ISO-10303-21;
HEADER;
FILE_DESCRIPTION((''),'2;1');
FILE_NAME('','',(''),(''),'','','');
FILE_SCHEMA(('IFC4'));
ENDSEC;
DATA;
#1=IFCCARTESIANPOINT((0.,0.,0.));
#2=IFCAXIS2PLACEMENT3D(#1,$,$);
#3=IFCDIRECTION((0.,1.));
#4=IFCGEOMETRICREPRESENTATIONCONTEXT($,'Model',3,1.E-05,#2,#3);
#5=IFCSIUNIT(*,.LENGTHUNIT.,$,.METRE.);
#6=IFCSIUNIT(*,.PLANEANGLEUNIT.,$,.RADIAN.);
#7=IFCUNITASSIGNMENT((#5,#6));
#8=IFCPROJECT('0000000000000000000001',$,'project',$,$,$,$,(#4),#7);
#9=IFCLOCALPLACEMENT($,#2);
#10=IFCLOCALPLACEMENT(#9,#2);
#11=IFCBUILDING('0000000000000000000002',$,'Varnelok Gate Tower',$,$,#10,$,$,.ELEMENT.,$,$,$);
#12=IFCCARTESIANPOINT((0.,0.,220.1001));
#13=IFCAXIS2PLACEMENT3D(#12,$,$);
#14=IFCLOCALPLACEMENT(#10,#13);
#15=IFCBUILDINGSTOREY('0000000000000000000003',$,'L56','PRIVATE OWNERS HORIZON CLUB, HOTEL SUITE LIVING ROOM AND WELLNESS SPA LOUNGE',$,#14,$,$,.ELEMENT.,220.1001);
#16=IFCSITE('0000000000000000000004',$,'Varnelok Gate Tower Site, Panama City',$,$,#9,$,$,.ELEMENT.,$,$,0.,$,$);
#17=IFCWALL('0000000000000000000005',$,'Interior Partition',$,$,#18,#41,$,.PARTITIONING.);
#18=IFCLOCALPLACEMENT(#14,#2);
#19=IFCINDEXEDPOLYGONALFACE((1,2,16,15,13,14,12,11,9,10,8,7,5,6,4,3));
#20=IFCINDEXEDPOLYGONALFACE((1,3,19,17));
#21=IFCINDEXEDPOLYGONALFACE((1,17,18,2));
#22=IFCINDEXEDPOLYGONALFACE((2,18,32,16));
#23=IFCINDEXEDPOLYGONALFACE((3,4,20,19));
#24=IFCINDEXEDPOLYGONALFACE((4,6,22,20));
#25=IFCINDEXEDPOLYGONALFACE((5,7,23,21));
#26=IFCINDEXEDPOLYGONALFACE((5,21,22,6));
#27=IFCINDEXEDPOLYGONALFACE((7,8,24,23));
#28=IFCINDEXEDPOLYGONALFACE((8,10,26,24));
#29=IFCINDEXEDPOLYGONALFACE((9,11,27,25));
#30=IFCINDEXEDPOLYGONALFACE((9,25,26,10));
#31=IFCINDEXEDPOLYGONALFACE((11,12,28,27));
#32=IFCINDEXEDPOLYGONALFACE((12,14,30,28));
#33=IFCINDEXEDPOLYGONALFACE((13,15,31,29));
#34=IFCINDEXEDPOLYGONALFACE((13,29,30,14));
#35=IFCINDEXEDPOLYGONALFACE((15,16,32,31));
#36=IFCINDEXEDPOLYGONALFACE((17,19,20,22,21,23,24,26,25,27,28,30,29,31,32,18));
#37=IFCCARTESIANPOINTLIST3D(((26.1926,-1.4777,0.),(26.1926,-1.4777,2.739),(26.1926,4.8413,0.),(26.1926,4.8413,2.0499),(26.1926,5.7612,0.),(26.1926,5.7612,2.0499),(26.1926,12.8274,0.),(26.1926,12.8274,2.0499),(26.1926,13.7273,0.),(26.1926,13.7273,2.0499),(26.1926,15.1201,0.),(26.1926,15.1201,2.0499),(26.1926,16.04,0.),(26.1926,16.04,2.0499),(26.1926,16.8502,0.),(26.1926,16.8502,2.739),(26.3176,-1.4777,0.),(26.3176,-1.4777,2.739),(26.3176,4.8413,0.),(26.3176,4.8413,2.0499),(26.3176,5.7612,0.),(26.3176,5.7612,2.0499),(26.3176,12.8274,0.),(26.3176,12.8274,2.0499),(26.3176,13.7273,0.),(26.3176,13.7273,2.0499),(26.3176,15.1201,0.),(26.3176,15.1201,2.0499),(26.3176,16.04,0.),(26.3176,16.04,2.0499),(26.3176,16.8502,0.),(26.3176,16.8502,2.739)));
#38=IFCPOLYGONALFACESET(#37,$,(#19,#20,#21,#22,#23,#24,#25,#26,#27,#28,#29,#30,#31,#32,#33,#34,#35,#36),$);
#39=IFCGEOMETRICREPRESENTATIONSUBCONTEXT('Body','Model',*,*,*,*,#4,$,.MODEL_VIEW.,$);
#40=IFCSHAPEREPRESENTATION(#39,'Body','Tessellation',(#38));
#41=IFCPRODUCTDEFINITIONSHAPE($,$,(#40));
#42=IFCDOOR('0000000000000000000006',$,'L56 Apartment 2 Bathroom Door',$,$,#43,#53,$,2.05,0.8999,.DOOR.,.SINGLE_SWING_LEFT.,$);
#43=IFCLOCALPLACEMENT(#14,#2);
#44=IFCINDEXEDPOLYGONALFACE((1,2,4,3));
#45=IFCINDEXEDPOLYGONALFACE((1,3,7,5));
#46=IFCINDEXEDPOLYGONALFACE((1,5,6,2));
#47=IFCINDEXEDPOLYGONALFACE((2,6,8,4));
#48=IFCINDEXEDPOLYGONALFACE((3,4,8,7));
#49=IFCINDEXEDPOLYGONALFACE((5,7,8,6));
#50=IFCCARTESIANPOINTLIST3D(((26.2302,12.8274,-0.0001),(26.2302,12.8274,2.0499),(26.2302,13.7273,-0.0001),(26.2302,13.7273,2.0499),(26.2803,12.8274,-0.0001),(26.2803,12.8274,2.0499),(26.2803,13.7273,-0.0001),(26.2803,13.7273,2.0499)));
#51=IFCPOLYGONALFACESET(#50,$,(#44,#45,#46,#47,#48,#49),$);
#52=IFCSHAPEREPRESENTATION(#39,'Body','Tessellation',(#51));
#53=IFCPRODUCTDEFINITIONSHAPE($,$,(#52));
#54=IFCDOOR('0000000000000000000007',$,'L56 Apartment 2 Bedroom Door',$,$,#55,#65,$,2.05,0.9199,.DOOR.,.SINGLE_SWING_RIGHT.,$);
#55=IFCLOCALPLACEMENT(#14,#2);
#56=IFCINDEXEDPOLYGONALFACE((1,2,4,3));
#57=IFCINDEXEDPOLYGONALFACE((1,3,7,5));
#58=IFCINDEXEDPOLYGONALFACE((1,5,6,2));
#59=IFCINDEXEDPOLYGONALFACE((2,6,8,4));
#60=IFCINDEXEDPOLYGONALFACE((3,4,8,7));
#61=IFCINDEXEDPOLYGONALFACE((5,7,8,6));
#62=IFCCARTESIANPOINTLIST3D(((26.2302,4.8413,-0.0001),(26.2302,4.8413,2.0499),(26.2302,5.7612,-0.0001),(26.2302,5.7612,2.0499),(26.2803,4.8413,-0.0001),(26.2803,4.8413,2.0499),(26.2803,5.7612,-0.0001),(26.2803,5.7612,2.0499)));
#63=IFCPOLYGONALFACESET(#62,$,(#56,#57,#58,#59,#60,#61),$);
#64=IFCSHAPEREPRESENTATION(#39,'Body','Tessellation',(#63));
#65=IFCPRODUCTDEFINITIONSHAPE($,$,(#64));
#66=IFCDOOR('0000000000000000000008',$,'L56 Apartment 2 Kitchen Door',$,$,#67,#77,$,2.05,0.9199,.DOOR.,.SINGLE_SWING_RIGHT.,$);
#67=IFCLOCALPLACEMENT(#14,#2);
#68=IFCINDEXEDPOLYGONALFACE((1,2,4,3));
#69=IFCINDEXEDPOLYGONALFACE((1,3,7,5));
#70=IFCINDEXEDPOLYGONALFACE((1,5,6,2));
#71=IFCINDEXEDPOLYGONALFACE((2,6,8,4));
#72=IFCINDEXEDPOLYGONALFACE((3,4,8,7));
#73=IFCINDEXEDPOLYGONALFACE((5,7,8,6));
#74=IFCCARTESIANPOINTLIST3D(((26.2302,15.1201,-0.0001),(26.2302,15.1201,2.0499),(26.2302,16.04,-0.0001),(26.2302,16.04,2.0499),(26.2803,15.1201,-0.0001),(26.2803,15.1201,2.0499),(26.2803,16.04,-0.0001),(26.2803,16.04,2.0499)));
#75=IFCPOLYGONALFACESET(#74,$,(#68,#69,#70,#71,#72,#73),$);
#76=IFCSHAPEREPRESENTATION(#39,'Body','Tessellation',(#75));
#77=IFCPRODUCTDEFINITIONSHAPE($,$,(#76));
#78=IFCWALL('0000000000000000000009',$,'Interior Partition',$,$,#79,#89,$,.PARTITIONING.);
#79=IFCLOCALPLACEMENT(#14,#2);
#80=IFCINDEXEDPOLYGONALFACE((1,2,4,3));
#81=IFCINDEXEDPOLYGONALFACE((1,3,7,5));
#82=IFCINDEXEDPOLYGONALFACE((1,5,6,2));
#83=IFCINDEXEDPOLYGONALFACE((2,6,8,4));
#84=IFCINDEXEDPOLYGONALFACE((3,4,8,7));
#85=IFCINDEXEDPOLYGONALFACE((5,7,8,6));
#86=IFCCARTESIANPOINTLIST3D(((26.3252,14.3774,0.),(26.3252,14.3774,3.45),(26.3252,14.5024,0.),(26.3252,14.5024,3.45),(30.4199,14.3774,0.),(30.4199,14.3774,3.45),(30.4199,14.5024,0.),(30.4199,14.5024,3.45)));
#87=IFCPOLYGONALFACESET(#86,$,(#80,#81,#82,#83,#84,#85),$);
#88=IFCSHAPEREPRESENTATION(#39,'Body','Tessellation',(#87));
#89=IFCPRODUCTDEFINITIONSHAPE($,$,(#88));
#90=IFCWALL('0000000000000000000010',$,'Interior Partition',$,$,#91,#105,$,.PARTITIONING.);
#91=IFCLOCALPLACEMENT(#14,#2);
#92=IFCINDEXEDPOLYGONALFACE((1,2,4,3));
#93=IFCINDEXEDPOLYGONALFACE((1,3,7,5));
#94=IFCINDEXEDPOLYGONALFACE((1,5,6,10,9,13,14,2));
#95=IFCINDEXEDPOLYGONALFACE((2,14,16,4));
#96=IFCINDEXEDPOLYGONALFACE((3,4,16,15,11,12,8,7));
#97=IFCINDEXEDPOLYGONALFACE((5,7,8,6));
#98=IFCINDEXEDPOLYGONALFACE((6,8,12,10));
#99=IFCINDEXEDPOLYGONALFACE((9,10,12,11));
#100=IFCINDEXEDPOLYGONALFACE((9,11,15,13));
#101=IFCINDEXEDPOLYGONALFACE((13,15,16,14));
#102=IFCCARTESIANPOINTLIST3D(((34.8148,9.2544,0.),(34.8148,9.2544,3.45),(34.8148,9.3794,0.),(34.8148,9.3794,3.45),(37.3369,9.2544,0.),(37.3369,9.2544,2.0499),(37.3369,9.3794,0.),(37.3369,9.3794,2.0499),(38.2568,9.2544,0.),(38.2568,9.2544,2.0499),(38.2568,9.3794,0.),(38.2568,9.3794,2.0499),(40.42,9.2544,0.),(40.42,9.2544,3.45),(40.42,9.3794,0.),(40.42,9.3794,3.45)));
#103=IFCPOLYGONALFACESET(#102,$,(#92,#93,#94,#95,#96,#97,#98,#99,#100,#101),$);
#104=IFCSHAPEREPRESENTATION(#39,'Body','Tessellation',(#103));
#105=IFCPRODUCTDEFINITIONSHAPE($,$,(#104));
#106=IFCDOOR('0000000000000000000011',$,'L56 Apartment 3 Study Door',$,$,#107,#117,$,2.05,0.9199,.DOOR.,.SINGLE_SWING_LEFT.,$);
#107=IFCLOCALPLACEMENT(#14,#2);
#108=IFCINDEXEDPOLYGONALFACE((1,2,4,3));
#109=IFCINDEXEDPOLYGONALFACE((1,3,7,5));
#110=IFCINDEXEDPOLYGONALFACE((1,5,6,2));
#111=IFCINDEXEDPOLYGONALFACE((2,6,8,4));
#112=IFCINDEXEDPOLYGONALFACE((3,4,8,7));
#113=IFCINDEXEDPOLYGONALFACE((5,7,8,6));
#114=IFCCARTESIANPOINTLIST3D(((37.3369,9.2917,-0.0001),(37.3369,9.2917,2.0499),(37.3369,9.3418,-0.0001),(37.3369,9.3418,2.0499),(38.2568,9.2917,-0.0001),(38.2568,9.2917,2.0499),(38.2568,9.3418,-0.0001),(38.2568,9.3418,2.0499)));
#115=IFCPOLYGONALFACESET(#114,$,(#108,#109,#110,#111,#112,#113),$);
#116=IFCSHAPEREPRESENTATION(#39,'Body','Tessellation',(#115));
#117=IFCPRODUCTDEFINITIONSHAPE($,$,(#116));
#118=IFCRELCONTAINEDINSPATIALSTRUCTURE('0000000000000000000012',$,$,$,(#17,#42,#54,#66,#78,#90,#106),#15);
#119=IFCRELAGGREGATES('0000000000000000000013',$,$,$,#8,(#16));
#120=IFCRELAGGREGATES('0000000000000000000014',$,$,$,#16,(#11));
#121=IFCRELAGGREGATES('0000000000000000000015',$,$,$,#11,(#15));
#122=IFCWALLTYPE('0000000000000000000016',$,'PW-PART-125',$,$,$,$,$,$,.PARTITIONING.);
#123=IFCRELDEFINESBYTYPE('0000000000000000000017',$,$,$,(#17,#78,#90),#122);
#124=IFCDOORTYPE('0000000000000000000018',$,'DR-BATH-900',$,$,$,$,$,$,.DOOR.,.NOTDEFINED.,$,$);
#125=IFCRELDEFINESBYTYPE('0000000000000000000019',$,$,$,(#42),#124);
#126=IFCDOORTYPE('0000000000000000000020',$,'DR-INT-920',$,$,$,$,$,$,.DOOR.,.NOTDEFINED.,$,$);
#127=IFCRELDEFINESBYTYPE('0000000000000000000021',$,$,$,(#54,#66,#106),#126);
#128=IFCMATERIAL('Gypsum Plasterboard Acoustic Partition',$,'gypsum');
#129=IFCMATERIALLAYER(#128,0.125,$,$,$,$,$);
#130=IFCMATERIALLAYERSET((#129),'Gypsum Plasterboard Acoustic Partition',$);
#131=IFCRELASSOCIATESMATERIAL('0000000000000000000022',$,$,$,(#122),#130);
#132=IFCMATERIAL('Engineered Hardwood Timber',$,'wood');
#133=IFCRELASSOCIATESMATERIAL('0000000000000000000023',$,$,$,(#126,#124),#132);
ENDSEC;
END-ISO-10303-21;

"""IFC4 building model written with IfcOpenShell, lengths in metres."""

from ifc_helpers import new_model, si_unit, direction, frame, frame_2d, origin, place, context, subcontext, project, spatial, rectangle, extrude, material, layer, layer_set, type_object, element, fill, save


model = new_model("IFC4")

# Units and contexts
model_context = context("Model", 3, precision=1e-05, world=origin(), true_north=direction((0.0, 1.0)))
body_context = subcontext(model_context, "Body", "Model", "MODEL_VIEW")
ifc_project = project(units=[si_unit("LENGTHUNIT", "METRE"), si_unit("PLANEANGLEUNIT", "RADIAN")], contexts=[model_context])

# Site, building, storey
site_placement = place(None, origin())
site = spatial("IfcSite", under=ifc_project, at=site_placement, Name="Varnelok Gate Tower Site, Panama City", CompositionType="ELEMENT", RefElevation=0.0)
building_placement = place(site_placement, origin())
building = spatial("IfcBuilding", under=site, at=building_placement, Name="Varnelok Gate Tower", CompositionType="ELEMENT")
storey_placement = place(building_placement, frame((0.0, 0.0, 220.1001)))
storey = spatial("IfcBuildingStorey", under=building, at=storey_placement, Name="L56", Description="PRIVATE OWNERS HORIZON CLUB, HOTEL SUITE LIVING ROOM AND WELLNESS SPA LOUNGE", CompositionType="ELEMENT", Elevation=220.1001)

# Shared definitions
ifc_material_1 = material(Name="Gypsum Plasterboard Acoustic Partition", Category="gypsum")

# Shared definitions
ifc_layer_1 = layer(ifc_material_1, 0.125)
ifc_layer_set_1 = layer_set([ifc_layer_1], Name="Gypsum Plasterboard Acoustic Partition")
wall_type_1 = type_object("IfcWallType", Name="PW-PART-125", PredefinedType="PARTITIONING", material=ifc_layer_set_1)
ifc_material_2 = material(Name="Engineered Hardwood Timber", Category="wood")
door_type_1 = type_object("IfcDoorType", Name="DR-INT-920", OperationType="NOTDEFINED", PredefinedType="DOOR", material=ifc_material_2)

# Wall, openings, doors
wall_1_placement = place(storey_placement, frame((26.2551, -1.4778, 0.0), z_axis=(0.0, 0.0, 1.0), x_axis=(0.0, 1.0, 0.0)))
wall_1 = element("IfcWall", 1, at=wall_1_placement, inside=storey, type_object=wall_type_1, Name="Interior Partition", PredefinedType="PARTITIONING", context=body_context, shape_type="SweptSolid", body=[
    extrude(rectangle(XDim=18.3279, YDim=0.125, at=frame_2d((9.1641, 0.0))), origin(), (0.0, 0.0, 1.0), 2.739),
])
opening_1_placement = place(wall_1_placement, frame((6.3191, 0.0, 0.0)))
opening_1 = element("IfcOpeningElement", 2, at=opening_1_placement, cuts=wall_1, PredefinedType="OPENING", context=body_context, shape_type="SweptSolid", body=[
    extrude(rectangle(XDim=0.9199, YDim=2.05, at=frame_2d((0.46, 1.0249))), frame((0.0, 0.0725, 0.0), z_axis=(0.0, -1.0, 0.0), x_axis=(1.0, 0.0, 0.0)), (0.0, 0.0, 1.0), 0.145),
])
opening_2_placement = place(wall_1_placement, frame((14.3052, 0.0, 0.0)))
opening_2 = element("IfcOpeningElement", 3, at=opening_2_placement, cuts=wall_1, PredefinedType="OPENING", context=body_context, shape_type="SweptSolid", body=[
    extrude(rectangle(XDim=0.8999, YDim=2.05, at=frame_2d((0.45, 1.0249))), frame((0.0, 0.0725, 0.0), z_axis=(0.0, -1.0, 0.0), x_axis=(1.0, 0.0, 0.0)), (0.0, 0.0, 1.0), 0.145),
])
opening_3_placement = place(wall_1_placement, frame((16.5979, 0.0, 0.0)))
opening_3 = element("IfcOpeningElement", 4, at=opening_3_placement, cuts=wall_1, PredefinedType="OPENING", context=body_context, shape_type="SweptSolid", body=[
    extrude(rectangle(XDim=0.9199, YDim=2.05, at=frame_2d((0.46, 1.0249))), frame((0.0, 0.0725, 0.0), z_axis=(0.0, -1.0, 0.0), x_axis=(1.0, 0.0, 0.0)), (0.0, 0.0, 1.0), 0.145),
])
door_type_2 = type_object("IfcDoorType", Name="DR-BATH-900", OperationType="NOTDEFINED", PredefinedType="DOOR", material=ifc_material_2)
door_1_placement = place(opening_2_placement, origin())
door_1 = element("IfcDoor", 5, at=door_1_placement, inside=storey, type_object=door_type_2, Name="L56 Apartment 2 Bathroom Door", OperationType="SINGLE_SWING_LEFT", OverallHeight=2.05, OverallWidth=0.8999, PredefinedType="DOOR", context=body_context, shape_type="SweptSolid", body=[
    extrude(rectangle(XDim=0.8999, YDim=2.05, at=frame_2d((0.45, 1.0249))), frame((0.0, 0.0249, 0.0), z_axis=(0.0, -1.0, 0.0), x_axis=(1.0, 0.0, 0.0)), (0.0, 0.0, 1.0), 0.05),
])
fill(opening_2, door_1)
door_2_placement = place(opening_1_placement, origin())
door_2 = element("IfcDoor", 6, at=door_2_placement, inside=storey, type_object=door_type_1, Name="L56 Apartment 2 Bedroom Door", OperationType="SINGLE_SWING_RIGHT", OverallHeight=2.05, OverallWidth=0.9199, PredefinedType="DOOR", context=body_context, shape_type="SweptSolid", body=[
    extrude(rectangle(XDim=0.9199, YDim=2.05, at=frame_2d((0.46, 1.0249))), frame((0.0, 0.0249, 0.0), z_axis=(0.0, -1.0, 0.0), x_axis=(1.0, 0.0, 0.0)), (0.0, 0.0, 1.0), 0.05),
])
fill(opening_1, door_2)
door_3_placement = place(opening_3_placement, origin())
door_3 = element("IfcDoor", 7, at=door_3_placement, inside=storey, type_object=door_type_1, Name="L56 Apartment 2 Kitchen Door", OperationType="SINGLE_SWING_RIGHT", OverallHeight=2.05, OverallWidth=0.9199, PredefinedType="DOOR", context=body_context, shape_type="SweptSolid", body=[
    extrude(rectangle(XDim=0.9199, YDim=2.05, at=frame_2d((0.46, 1.0249))), frame((0.0, 0.0249, 0.0), z_axis=(0.0, -1.0, 0.0), x_axis=(1.0, 0.0, 0.0)), (0.0, 0.0, 1.0), 0.05),
])
fill(opening_3, door_3)

# Wall
wall_2_placement = place(storey_placement, frame((26.3252, 14.4399, 0.0), z_axis=(0.0, 0.0, 1.0), x_axis=(1.0, 0.0, 0.0)))
element("IfcWall", 8, at=wall_2_placement, inside=storey, type_object=wall_type_1, Name="Interior Partition", PredefinedType="PARTITIONING", context=body_context, shape_type="SweptSolid", body=[
    extrude(rectangle(XDim=4.0947, YDim=0.125, at=frame_2d((2.0474, 0.0))), origin(), (0.0, 0.0, 1.0), 3.45),
])

# Wall, opening, door
wall_3_placement = place(storey_placement, frame((34.8147, 9.3169, 0.0), z_axis=(0.0, 0.0, 1.0), x_axis=(1.0, 0.0, 0.0)))
wall_3 = element("IfcWall", 9, at=wall_3_placement, inside=storey, type_object=wall_type_1, Name="Interior Partition", PredefinedType="PARTITIONING", context=body_context, shape_type="SweptSolid", body=[
    extrude(rectangle(XDim=5.6052, YDim=0.125, at=frame_2d((2.8027, 0.0))), origin(), (0.0, 0.0, 1.0), 3.45),
])
opening_4_placement = place(wall_3_placement, frame((2.5222, 0.0, 0.0)))
opening_4 = element("IfcOpeningElement", 10, at=opening_4_placement, cuts=wall_3, PredefinedType="OPENING", context=body_context, shape_type="SweptSolid", body=[
    extrude(rectangle(XDim=0.9199, YDim=2.05, at=frame_2d((0.46, 1.0249))), frame((0.0, 0.0725, 0.0), z_axis=(0.0, -1.0, 0.0), x_axis=(1.0, 0.0, 0.0)), (0.0, 0.0, 1.0), 0.145),
])
door_4_placement = place(opening_4_placement, origin())
door_4 = element("IfcDoor", 11, at=door_4_placement, inside=storey, type_object=door_type_1, Name="L56 Apartment 3 Study Door", OperationType="SINGLE_SWING_LEFT", OverallHeight=2.05, OverallWidth=0.9199, PredefinedType="DOOR", context=body_context, shape_type="SweptSolid", body=[
    extrude(rectangle(XDim=0.9199, YDim=2.05, at=frame_2d((0.46, 1.0249))), frame((0.0, 0.0249, 0.0), z_axis=(0.0, -1.0, 0.0), x_axis=(1.0, 0.0, 0.0)), (0.0, 0.0, 1.0), 0.05),
])
fill(opening_4, door_4)

save(model, "model.ifc")
